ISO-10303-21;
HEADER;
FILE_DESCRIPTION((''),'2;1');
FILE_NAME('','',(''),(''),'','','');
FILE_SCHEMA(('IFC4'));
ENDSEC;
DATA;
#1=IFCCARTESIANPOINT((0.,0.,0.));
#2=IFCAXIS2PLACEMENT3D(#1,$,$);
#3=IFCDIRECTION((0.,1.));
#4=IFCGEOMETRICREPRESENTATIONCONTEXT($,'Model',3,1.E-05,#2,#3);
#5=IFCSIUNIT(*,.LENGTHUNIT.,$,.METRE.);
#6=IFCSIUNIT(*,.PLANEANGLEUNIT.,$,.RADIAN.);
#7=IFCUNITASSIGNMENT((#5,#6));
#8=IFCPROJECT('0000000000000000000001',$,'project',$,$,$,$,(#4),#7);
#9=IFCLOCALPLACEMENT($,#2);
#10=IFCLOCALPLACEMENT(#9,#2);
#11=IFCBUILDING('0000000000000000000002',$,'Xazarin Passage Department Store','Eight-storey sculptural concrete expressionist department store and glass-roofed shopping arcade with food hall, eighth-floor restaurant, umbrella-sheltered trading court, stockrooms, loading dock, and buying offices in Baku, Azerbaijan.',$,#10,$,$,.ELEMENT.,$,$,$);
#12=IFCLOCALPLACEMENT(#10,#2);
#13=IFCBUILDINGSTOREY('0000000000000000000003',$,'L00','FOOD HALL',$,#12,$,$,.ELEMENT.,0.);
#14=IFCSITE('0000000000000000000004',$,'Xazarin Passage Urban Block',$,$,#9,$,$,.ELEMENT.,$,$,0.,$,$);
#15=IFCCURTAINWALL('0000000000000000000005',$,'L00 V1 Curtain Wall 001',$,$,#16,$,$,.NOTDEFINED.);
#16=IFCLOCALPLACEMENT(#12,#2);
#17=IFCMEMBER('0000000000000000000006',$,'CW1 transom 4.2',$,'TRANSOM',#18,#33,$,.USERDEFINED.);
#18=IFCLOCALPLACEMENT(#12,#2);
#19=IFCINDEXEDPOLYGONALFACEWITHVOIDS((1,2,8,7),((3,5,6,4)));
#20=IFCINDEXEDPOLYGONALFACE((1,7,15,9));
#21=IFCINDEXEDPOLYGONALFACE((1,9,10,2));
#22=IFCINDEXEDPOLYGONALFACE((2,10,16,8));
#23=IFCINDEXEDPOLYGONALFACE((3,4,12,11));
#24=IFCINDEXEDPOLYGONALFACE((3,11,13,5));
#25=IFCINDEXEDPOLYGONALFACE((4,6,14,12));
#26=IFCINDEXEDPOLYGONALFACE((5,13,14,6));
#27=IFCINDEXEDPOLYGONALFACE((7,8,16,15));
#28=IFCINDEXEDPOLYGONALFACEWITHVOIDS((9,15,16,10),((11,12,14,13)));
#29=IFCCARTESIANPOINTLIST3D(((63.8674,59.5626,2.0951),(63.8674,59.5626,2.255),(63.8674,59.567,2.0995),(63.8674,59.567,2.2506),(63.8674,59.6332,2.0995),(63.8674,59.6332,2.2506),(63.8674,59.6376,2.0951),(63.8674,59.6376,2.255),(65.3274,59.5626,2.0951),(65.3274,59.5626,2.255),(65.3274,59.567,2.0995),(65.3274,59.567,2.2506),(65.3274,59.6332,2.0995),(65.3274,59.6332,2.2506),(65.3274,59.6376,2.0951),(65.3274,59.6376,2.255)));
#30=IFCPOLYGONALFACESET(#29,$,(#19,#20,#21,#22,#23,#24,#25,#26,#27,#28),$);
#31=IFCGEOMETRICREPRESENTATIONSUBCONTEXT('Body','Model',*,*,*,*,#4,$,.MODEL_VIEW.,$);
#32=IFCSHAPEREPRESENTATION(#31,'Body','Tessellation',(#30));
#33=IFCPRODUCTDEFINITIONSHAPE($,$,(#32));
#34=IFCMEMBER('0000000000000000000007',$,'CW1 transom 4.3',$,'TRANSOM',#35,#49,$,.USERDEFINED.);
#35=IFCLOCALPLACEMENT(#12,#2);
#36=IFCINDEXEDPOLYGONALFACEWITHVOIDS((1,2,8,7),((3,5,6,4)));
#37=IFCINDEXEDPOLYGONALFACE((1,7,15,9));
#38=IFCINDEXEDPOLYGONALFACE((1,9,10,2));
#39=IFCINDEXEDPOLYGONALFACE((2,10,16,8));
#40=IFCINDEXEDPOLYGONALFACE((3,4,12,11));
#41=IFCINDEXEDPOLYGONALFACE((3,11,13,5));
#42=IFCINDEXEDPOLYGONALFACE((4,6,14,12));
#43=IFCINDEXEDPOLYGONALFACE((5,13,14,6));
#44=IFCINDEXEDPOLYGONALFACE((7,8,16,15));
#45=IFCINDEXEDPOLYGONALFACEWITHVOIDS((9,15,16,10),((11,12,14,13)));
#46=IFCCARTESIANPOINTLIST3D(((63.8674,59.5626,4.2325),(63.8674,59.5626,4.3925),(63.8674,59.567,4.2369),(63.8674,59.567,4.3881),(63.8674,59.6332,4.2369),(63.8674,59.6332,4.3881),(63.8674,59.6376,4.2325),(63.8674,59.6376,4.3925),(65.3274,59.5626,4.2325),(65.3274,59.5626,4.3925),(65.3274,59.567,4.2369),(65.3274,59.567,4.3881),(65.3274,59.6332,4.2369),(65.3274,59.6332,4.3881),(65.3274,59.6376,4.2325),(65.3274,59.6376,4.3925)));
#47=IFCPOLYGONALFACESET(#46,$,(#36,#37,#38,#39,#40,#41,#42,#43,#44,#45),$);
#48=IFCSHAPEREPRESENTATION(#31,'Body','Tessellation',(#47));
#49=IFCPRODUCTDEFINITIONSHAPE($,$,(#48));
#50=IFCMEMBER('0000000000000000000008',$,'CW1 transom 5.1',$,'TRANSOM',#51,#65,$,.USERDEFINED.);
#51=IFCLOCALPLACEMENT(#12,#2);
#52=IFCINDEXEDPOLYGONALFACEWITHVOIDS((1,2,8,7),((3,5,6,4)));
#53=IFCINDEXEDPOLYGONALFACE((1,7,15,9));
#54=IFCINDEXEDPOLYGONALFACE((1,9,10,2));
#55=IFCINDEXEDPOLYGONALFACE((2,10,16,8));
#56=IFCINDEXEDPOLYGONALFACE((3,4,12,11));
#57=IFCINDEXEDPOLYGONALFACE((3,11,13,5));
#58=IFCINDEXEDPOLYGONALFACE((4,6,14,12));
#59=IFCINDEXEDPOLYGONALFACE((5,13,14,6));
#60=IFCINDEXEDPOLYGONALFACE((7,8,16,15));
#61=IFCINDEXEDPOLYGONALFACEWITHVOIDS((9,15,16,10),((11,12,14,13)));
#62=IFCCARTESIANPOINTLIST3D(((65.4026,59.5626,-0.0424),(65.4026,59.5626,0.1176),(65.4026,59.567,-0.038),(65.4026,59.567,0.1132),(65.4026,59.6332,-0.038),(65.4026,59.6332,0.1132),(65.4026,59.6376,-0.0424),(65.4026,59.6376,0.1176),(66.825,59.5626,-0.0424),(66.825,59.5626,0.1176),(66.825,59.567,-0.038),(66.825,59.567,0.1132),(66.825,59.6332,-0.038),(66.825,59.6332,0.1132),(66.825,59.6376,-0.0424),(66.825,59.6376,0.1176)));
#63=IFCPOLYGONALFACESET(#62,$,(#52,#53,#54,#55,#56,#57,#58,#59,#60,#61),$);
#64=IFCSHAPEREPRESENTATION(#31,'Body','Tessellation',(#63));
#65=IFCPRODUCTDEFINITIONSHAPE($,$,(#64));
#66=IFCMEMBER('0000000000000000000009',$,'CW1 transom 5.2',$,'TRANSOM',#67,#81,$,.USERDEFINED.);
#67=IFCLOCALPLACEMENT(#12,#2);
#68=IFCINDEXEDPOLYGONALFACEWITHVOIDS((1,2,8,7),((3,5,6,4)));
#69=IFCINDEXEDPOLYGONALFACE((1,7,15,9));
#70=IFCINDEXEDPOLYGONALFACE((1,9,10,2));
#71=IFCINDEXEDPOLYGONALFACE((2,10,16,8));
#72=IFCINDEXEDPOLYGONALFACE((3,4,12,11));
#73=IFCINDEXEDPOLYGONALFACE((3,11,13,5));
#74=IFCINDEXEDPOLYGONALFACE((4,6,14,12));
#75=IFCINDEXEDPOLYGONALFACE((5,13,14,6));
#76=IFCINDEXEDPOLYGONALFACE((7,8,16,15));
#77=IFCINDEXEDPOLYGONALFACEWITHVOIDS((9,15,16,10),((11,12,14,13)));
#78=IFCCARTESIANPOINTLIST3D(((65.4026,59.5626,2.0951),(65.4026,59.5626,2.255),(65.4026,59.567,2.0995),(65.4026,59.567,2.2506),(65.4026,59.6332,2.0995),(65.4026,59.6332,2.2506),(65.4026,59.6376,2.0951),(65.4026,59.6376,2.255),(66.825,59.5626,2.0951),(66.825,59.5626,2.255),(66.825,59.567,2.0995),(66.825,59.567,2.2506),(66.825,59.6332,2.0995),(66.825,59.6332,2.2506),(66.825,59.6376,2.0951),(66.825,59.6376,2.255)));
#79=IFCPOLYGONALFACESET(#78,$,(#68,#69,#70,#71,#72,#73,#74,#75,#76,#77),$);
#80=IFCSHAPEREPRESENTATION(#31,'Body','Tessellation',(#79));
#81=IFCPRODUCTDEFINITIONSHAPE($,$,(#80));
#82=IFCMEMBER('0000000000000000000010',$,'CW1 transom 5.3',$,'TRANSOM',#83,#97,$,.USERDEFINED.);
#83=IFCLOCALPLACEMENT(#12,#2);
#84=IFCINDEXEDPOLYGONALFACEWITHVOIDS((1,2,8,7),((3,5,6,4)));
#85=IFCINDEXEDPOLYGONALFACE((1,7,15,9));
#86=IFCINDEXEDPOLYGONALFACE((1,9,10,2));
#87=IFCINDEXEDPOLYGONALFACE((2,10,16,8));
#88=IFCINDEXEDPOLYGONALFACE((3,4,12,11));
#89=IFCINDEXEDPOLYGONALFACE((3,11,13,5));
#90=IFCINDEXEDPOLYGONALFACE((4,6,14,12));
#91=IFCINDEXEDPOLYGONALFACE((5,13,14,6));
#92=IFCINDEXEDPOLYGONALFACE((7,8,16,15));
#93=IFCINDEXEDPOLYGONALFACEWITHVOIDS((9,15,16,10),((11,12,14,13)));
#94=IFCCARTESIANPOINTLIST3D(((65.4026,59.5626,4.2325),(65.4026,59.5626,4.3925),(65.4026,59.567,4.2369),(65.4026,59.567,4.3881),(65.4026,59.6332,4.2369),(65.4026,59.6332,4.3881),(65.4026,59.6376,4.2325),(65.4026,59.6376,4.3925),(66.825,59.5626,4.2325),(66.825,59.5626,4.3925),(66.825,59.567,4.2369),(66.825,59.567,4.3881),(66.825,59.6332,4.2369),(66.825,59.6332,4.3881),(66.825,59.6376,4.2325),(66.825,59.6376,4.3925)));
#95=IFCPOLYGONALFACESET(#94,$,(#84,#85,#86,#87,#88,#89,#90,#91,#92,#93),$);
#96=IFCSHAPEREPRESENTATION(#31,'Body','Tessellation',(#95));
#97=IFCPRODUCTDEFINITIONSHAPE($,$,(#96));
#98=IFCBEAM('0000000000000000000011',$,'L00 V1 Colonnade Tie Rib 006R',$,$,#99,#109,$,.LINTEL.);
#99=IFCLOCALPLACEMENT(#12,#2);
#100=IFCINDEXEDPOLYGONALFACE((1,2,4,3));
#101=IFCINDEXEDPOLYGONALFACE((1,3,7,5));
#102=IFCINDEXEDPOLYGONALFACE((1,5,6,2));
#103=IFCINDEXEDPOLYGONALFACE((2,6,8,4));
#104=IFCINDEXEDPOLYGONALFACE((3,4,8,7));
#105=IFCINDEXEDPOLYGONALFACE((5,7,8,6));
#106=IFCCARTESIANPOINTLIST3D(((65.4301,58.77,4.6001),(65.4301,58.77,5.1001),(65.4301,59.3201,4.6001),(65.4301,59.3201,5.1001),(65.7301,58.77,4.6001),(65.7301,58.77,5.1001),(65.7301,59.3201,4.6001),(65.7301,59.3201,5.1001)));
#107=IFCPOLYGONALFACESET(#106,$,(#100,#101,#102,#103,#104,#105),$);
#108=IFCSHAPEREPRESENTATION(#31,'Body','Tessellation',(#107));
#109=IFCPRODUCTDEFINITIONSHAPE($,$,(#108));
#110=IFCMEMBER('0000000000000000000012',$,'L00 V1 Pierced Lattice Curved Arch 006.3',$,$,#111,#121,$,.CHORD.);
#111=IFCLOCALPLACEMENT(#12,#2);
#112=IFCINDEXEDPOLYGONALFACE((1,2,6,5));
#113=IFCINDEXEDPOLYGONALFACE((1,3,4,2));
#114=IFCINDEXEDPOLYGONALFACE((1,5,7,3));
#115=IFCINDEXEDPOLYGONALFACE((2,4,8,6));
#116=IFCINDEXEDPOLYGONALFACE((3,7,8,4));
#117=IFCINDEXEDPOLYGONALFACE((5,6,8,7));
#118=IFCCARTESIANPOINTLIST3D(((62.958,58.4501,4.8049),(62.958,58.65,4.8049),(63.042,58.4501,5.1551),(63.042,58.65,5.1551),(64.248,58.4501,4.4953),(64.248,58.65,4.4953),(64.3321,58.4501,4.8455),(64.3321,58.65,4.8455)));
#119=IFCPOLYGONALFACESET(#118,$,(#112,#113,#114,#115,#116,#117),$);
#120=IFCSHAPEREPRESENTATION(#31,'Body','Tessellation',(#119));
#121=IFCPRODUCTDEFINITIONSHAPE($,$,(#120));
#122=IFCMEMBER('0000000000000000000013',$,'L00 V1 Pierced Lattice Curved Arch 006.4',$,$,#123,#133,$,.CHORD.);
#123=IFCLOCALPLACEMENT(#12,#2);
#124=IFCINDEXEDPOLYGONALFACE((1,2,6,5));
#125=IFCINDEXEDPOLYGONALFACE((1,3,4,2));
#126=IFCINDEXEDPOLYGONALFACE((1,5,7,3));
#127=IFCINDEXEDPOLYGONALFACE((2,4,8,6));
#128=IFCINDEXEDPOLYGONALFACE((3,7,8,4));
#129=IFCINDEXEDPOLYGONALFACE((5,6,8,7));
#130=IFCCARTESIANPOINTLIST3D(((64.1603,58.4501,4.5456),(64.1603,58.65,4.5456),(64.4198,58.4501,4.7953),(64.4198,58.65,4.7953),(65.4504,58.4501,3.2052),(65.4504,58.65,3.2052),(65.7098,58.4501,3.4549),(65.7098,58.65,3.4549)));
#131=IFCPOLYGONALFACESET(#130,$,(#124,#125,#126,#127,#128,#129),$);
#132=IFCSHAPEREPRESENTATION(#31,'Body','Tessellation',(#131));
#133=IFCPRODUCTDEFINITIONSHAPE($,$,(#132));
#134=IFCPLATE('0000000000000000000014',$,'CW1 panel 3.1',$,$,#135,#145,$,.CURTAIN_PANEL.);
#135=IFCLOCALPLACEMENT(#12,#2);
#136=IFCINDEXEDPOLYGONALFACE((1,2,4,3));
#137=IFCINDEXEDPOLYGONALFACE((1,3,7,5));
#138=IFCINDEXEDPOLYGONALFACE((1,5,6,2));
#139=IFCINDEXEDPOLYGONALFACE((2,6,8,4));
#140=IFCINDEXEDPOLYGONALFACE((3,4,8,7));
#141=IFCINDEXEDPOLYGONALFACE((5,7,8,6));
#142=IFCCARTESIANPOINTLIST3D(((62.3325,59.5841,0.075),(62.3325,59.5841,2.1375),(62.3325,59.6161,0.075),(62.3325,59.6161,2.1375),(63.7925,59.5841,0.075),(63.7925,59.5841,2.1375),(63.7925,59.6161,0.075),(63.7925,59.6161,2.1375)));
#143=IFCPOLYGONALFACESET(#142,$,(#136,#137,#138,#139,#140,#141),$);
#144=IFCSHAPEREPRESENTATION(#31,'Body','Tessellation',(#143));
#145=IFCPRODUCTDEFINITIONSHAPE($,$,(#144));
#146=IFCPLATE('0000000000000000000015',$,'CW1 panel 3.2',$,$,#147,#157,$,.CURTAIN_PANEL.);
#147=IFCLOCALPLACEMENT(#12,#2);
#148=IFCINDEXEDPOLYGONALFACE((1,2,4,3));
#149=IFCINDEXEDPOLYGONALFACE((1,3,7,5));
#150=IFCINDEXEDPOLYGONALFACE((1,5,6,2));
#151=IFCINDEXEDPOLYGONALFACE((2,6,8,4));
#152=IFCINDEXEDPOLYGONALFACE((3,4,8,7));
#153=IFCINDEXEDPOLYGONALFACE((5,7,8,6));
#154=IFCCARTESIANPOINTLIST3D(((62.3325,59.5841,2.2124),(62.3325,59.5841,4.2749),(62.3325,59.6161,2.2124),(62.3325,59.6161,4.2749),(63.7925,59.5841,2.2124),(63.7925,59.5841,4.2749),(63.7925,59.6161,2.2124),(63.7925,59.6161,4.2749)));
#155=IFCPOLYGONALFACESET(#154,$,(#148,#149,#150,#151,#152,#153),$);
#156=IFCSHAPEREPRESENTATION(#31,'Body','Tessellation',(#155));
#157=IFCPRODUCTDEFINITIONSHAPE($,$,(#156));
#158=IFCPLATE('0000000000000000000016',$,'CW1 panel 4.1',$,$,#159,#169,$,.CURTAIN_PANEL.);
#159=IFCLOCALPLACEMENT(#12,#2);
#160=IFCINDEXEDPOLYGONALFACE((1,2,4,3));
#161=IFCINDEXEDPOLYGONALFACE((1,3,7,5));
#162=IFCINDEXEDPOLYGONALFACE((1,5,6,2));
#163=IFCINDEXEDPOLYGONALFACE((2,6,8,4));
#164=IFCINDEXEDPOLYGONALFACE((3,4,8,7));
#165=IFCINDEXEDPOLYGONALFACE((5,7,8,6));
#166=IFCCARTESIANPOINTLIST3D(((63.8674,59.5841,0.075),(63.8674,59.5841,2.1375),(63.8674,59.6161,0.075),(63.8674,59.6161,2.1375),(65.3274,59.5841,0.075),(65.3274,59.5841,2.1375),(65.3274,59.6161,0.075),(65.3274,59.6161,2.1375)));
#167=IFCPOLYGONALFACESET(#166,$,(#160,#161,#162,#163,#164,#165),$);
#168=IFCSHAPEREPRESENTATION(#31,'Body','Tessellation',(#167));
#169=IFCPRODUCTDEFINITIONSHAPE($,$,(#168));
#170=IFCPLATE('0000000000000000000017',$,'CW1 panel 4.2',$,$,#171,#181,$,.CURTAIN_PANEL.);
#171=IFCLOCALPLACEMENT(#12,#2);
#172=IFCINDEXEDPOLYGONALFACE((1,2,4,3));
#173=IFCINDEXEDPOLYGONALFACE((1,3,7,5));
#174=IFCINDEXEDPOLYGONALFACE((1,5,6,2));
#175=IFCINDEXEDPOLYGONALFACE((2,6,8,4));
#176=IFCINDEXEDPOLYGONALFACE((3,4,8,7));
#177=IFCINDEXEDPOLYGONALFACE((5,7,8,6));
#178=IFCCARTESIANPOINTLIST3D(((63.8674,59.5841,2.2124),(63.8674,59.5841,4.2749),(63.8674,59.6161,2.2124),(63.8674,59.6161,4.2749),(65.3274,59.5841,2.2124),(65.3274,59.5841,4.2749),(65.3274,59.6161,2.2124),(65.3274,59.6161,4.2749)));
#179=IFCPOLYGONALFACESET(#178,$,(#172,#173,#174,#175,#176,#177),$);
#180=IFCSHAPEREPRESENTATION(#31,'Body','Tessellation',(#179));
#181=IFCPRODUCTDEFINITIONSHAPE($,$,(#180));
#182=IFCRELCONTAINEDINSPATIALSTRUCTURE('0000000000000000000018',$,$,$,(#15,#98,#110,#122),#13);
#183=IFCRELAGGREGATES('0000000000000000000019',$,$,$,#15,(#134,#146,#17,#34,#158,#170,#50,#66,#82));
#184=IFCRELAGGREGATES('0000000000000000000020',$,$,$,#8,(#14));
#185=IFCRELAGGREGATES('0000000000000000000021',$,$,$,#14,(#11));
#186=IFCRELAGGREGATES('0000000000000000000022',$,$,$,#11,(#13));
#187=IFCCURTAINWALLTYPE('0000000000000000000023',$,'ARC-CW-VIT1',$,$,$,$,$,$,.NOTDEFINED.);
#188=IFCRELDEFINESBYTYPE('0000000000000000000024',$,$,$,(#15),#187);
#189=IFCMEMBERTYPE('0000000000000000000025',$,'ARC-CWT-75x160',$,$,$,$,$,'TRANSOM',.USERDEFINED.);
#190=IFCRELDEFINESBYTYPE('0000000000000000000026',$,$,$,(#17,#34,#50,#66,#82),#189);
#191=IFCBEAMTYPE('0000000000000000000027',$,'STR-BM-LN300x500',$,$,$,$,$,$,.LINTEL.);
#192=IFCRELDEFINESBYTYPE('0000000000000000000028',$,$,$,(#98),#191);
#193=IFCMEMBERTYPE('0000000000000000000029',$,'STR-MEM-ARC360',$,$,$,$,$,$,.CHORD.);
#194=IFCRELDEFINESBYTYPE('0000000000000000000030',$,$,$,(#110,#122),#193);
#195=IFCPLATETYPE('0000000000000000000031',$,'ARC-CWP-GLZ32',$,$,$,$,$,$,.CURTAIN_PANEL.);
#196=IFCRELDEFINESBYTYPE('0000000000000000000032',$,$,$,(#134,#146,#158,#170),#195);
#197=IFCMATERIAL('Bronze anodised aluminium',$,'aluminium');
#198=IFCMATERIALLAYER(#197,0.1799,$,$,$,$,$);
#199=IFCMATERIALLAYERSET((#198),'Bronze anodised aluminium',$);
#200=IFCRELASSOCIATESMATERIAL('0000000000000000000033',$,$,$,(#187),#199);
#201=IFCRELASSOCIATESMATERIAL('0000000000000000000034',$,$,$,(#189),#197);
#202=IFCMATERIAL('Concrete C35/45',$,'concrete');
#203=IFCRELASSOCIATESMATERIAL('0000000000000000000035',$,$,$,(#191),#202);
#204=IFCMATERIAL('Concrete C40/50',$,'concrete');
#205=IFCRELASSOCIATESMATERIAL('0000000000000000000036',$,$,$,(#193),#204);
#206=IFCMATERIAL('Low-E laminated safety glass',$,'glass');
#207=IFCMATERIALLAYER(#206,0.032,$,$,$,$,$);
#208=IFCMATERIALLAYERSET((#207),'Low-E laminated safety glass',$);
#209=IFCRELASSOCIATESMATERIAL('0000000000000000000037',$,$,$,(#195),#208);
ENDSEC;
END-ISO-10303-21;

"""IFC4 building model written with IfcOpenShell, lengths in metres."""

from ifc_helpers import new_model, si_unit, direction, frame, origin, origin_2d, place, context, subcontext, project, spatial, rectangle, hollow_rectangle, extrude, material, layer, layer_set, material_profile, profile_set, type_object, element, aggregate, save


model = new_model("IFC4")

# Units and contexts
model_context = context("Model", 3, precision=1e-05, world=origin(), true_north=direction((0.0, 1.0)))
body_context = subcontext(model_context, "Body", "Model", "MODEL_VIEW")
ifc_project = project(units=[si_unit("LENGTHUNIT", "METRE"), si_unit("PLANEANGLEUNIT", "RADIAN")], contexts=[model_context])

# Site, building, storey
site_placement = place(None, origin())
site = spatial("IfcSite", under=ifc_project, at=site_placement, Name="Xazarin Passage Urban Block", CompositionType="ELEMENT", RefElevation=0.0)
building_placement = place(site_placement, origin())
building = spatial("IfcBuilding", under=site, at=building_placement, Name="Xazarin Passage Department Store", Description="Eight-storey sculptural concrete expressionist department store and glass-roofed shopping arcade with food hall, eighth-floor restaurant, umbrella-sheltered trading court, stockrooms, loading dock, and buying offices in Baku, Azerbaijan.", CompositionType="ELEMENT")
storey_placement = place(building_placement, origin())
storey = spatial("IfcBuildingStorey", under=building, at=storey_placement, Name="L00", Description="FOOD HALL", CompositionType="ELEMENT", Elevation=0.0)

# Shared definitions
ifc_material_1 = material(Name="Concrete C35/45", Category="concrete")

# Shared definitions
ifc_material_2 = material(Name="Concrete C40/50", Category="concrete")

# Curtain wall, members
ifc_material_3 = material(Name="Bronze anodised aluminium", Category="aluminium")
ifc_layer_1 = layer(ifc_material_3, 0.1799)
ifc_layer_set_1 = layer_set([ifc_layer_1], Name="Bronze anodised aluminium")
curtain_wall_type = type_object("IfcCurtainWallType", Name="ARC-CW-VIT1", PredefinedType="NOTDEFINED", material=ifc_layer_set_1)
curtain_wall_placement = place(storey_placement, origin())
curtain_wall = element("IfcCurtainWall", 1, at=curtain_wall_placement, inside=storey, type_object=curtain_wall_type, Name="L00 V1 Curtain Wall 001", PredefinedType="NOTDEFINED")
ifc_material_profile_1 = material_profile(ifc_material_3, hollow_rectangle(XDim=0.075, YDim=0.1599, WallThickness=0.0044, at=origin_2d()), Name="ALU 75x160")
ifc_profile_set_1 = profile_set([ifc_material_profile_1], Name="Bronze anodised aluminium")
member_type_1 = type_object("IfcMemberType", Name="ARC-CWT-75x160", ElementType="TRANSOM", PredefinedType="USERDEFINED", material=ifc_profile_set_1)
member_1_placement = place(storey_placement, frame((63.8674, 59.6001, 2.175), z_axis=(1.0, 0.0, 0.0), x_axis=(0.0, 1.0, 0.0)))
member_1 = element("IfcMember", 2, at=member_1_placement, type_object=member_type_1, Name="CW1 transom 4.2", ObjectType="TRANSOM", PredefinedType="USERDEFINED", context=body_context, shape_type="SweptSolid", body=[
    extrude(hollow_rectangle(XDim=0.075, YDim=0.1599, WallThickness=0.0044, at=origin_2d()), origin(), (0.0, 0.0, 1.0), 1.46),
])
member_2_placement = place(storey_placement, frame((63.8674, 59.6001, 4.3125), z_axis=(1.0, 0.0, 0.0), x_axis=(0.0, 1.0, 0.0)))
member_2 = element("IfcMember", 3, at=member_2_placement, type_object=member_type_1, Name="CW1 transom 4.3", ObjectType="TRANSOM", PredefinedType="USERDEFINED", context=body_context, shape_type="SweptSolid", body=[
    extrude(hollow_rectangle(XDim=0.075, YDim=0.1599, WallThickness=0.0044, at=origin_2d()), origin(), (0.0, 0.0, 1.0), 1.46),
])
member_3_placement = place(storey_placement, frame((65.4026, 59.6001, 0.0376), z_axis=(1.0, 0.0, 0.0), x_axis=(0.0, 1.0, 0.0)))
member_3 = element("IfcMember", 4, at=member_3_placement, type_object=member_type_1, Name="CW1 transom 5.1", ObjectType="TRANSOM", PredefinedType="USERDEFINED", context=body_context, shape_type="SweptSolid", body=[
    extrude(hollow_rectangle(XDim=0.075, YDim=0.1599, WallThickness=0.0044, at=origin_2d()), origin(), (0.0, 0.0, 1.0), 1.4224),
])
member_4_placement = place(storey_placement, frame((65.4026, 59.6001, 2.175), z_axis=(1.0, 0.0, 0.0), x_axis=(0.0, 1.0, 0.0)))
member_4 = element("IfcMember", 5, at=member_4_placement, type_object=member_type_1, Name="CW1 transom 5.2", ObjectType="TRANSOM", PredefinedType="USERDEFINED", context=body_context, shape_type="SweptSolid", body=[
    extrude(hollow_rectangle(XDim=0.075, YDim=0.1599, WallThickness=0.0044, at=origin_2d()), origin(), (0.0, 0.0, 1.0), 1.4224),
])
member_5_placement = place(storey_placement, frame((65.4026, 59.6001, 4.3125), z_axis=(1.0, 0.0, 0.0), x_axis=(0.0, 1.0, 0.0)))
member_5 = element("IfcMember", 6, at=member_5_placement, type_object=member_type_1, Name="CW1 transom 5.3", ObjectType="TRANSOM", PredefinedType="USERDEFINED", context=body_context, shape_type="SweptSolid", body=[
    extrude(hollow_rectangle(XDim=0.075, YDim=0.1599, WallThickness=0.0044, at=origin_2d()), origin(), (0.0, 0.0, 1.0), 1.4224),
])

# Beam
ifc_material_profile_2 = material_profile(ifc_material_1, rectangle(XDim=0.3, YDim=0.5, at=origin_2d()), Name="RC 300x500")
ifc_profile_set_2 = profile_set([ifc_material_profile_2], Name="Concrete C35/45")
beam_type = type_object("IfcBeamType", Name="STR-BM-LN300x500", PredefinedType="LINTEL", material=ifc_profile_set_2)
beam_placement = place(storey_placement, frame((65.5801, 59.3201, 4.8501), z_axis=(0.0, -1.0, 0.0), x_axis=(1.0, 0.0, 0.0)))
element("IfcBeam", 7, at=beam_placement, inside=storey, type_object=beam_type, Name="L00 V1 Colonnade Tie Rib 006R", PredefinedType="LINTEL", context=body_context, shape_type="SweptSolid", body=[
    extrude(rectangle(XDim=0.3, YDim=0.5, at=origin_2d()), origin(), (0.0, 0.0, 1.0), 0.55),
])

# Members
ifc_material_profile_3 = material_profile(ifc_material_2, rectangle(XDim=0.2, YDim=0.3601, at=origin_2d()), Name="RC 200x360")
ifc_profile_set_3 = profile_set([ifc_material_profile_3], Name="Concrete C40/50")
member_type_2 = type_object("IfcMemberType", Name="STR-MEM-ARC360", PredefinedType="CHORD", material=ifc_profile_set_3)
member_6_placement = place(storey_placement, frame((63.0, 58.55, 4.98), z_axis=(0.972394, 0.0, -0.233345), x_axis=(0.0, 1.0, 0.0)))
element("IfcMember", 8, at=member_6_placement, inside=storey, type_object=member_type_2, Name="L00 V1 Pierced Lattice Curved Arch 006.3", PredefinedType="CHORD", context=body_context, shape_type="SweptSolid", body=[
    extrude(rectangle(XDim=0.2, YDim=0.3601, at=origin_2d()), origin(), (0.0, 0.0, 1.0), 1.3267),
])
member_7_placement = place(storey_placement, frame((64.29, 58.55, 4.6704), z_axis=(0.69346, 0.0, -0.720495), x_axis=(0.0, 1.0, 0.0)))
element("IfcMember", 9, at=member_7_placement, inside=storey, type_object=member_type_2, Name="L00 V1 Pierced Lattice Curved Arch 006.4", PredefinedType="CHORD", context=body_context, shape_type="SweptSolid", body=[
    extrude(rectangle(XDim=0.2, YDim=0.3601, at=origin_2d()), origin(), (0.0, 0.0, 1.0), 1.8604),
])

# Plates
ifc_material_4 = material(Name="Low-E laminated safety glass", Category="glass")
ifc_layer_2 = layer(ifc_material_4, 0.032)
ifc_layer_set_2 = layer_set([ifc_layer_2], Name="Low-E laminated safety glass")
plate_type_1 = type_object("IfcPlateType", Name="ARC-CWP-GLZ32", PredefinedType="CURTAIN_PANEL", material=ifc_layer_set_2)
plate_1_placement = place(storey_placement, frame((63.0625, 59.6001, 0.075), z_axis=(0.0, 0.0, 1.0), x_axis=(1.0, 0.0, 0.0)))
plate_1 = element("IfcPlate", 10, at=plate_1_placement, type_object=plate_type_1, Name="CW1 panel 3.1", PredefinedType="CURTAIN_PANEL", context=body_context, shape_type="SweptSolid", body=[
    extrude(rectangle(XDim=1.46, YDim=0.032, at=origin_2d()), origin(), (0.0, 0.0, 1.0), 2.0625),
])
plate_2_placement = place(storey_placement, frame((63.0625, 59.6001, 2.2124), z_axis=(0.0, 0.0, 1.0), x_axis=(1.0, 0.0, 0.0)))
plate_2 = element("IfcPlate", 11, at=plate_2_placement, type_object=plate_type_1, Name="CW1 panel 3.2", PredefinedType="CURTAIN_PANEL", context=body_context, shape_type="SweptSolid", body=[
    extrude(rectangle(XDim=1.46, YDim=0.032, at=origin_2d()), origin(), (0.0, 0.0, 1.0), 2.0625),
])
plate_3_placement = place(storey_placement, frame((64.5974, 59.6001, 0.075), z_axis=(0.0, 0.0, 1.0), x_axis=(1.0, 0.0, 0.0)))
plate_3 = element("IfcPlate", 12, at=plate_3_placement, type_object=plate_type_1, Name="CW1 panel 4.1", PredefinedType="CURTAIN_PANEL", context=body_context, shape_type="SweptSolid", body=[
    extrude(rectangle(XDim=1.46, YDim=0.032, at=origin_2d()), origin(), (0.0, 0.0, 1.0), 2.0625),
])
plate_4_placement = place(storey_placement, frame((64.5974, 59.6001, 2.2124), z_axis=(0.0, 0.0, 1.0), x_axis=(1.0, 0.0, 0.0)))
plate_4 = element("IfcPlate", 13, at=plate_4_placement, type_object=plate_type_1, Name="CW1 panel 4.2", PredefinedType="CURTAIN_PANEL", context=body_context, shape_type="SweptSolid", body=[
    extrude(rectangle(XDim=1.46, YDim=0.032, at=origin_2d()), origin(), (0.0, 0.0, 1.0), 2.0625),
])
aggregate(curtain_wall, [plate_1, plate_2, member_1, member_2, plate_3, plate_4, member_3, member_4, member_5])

save(model, "model.ifc")
